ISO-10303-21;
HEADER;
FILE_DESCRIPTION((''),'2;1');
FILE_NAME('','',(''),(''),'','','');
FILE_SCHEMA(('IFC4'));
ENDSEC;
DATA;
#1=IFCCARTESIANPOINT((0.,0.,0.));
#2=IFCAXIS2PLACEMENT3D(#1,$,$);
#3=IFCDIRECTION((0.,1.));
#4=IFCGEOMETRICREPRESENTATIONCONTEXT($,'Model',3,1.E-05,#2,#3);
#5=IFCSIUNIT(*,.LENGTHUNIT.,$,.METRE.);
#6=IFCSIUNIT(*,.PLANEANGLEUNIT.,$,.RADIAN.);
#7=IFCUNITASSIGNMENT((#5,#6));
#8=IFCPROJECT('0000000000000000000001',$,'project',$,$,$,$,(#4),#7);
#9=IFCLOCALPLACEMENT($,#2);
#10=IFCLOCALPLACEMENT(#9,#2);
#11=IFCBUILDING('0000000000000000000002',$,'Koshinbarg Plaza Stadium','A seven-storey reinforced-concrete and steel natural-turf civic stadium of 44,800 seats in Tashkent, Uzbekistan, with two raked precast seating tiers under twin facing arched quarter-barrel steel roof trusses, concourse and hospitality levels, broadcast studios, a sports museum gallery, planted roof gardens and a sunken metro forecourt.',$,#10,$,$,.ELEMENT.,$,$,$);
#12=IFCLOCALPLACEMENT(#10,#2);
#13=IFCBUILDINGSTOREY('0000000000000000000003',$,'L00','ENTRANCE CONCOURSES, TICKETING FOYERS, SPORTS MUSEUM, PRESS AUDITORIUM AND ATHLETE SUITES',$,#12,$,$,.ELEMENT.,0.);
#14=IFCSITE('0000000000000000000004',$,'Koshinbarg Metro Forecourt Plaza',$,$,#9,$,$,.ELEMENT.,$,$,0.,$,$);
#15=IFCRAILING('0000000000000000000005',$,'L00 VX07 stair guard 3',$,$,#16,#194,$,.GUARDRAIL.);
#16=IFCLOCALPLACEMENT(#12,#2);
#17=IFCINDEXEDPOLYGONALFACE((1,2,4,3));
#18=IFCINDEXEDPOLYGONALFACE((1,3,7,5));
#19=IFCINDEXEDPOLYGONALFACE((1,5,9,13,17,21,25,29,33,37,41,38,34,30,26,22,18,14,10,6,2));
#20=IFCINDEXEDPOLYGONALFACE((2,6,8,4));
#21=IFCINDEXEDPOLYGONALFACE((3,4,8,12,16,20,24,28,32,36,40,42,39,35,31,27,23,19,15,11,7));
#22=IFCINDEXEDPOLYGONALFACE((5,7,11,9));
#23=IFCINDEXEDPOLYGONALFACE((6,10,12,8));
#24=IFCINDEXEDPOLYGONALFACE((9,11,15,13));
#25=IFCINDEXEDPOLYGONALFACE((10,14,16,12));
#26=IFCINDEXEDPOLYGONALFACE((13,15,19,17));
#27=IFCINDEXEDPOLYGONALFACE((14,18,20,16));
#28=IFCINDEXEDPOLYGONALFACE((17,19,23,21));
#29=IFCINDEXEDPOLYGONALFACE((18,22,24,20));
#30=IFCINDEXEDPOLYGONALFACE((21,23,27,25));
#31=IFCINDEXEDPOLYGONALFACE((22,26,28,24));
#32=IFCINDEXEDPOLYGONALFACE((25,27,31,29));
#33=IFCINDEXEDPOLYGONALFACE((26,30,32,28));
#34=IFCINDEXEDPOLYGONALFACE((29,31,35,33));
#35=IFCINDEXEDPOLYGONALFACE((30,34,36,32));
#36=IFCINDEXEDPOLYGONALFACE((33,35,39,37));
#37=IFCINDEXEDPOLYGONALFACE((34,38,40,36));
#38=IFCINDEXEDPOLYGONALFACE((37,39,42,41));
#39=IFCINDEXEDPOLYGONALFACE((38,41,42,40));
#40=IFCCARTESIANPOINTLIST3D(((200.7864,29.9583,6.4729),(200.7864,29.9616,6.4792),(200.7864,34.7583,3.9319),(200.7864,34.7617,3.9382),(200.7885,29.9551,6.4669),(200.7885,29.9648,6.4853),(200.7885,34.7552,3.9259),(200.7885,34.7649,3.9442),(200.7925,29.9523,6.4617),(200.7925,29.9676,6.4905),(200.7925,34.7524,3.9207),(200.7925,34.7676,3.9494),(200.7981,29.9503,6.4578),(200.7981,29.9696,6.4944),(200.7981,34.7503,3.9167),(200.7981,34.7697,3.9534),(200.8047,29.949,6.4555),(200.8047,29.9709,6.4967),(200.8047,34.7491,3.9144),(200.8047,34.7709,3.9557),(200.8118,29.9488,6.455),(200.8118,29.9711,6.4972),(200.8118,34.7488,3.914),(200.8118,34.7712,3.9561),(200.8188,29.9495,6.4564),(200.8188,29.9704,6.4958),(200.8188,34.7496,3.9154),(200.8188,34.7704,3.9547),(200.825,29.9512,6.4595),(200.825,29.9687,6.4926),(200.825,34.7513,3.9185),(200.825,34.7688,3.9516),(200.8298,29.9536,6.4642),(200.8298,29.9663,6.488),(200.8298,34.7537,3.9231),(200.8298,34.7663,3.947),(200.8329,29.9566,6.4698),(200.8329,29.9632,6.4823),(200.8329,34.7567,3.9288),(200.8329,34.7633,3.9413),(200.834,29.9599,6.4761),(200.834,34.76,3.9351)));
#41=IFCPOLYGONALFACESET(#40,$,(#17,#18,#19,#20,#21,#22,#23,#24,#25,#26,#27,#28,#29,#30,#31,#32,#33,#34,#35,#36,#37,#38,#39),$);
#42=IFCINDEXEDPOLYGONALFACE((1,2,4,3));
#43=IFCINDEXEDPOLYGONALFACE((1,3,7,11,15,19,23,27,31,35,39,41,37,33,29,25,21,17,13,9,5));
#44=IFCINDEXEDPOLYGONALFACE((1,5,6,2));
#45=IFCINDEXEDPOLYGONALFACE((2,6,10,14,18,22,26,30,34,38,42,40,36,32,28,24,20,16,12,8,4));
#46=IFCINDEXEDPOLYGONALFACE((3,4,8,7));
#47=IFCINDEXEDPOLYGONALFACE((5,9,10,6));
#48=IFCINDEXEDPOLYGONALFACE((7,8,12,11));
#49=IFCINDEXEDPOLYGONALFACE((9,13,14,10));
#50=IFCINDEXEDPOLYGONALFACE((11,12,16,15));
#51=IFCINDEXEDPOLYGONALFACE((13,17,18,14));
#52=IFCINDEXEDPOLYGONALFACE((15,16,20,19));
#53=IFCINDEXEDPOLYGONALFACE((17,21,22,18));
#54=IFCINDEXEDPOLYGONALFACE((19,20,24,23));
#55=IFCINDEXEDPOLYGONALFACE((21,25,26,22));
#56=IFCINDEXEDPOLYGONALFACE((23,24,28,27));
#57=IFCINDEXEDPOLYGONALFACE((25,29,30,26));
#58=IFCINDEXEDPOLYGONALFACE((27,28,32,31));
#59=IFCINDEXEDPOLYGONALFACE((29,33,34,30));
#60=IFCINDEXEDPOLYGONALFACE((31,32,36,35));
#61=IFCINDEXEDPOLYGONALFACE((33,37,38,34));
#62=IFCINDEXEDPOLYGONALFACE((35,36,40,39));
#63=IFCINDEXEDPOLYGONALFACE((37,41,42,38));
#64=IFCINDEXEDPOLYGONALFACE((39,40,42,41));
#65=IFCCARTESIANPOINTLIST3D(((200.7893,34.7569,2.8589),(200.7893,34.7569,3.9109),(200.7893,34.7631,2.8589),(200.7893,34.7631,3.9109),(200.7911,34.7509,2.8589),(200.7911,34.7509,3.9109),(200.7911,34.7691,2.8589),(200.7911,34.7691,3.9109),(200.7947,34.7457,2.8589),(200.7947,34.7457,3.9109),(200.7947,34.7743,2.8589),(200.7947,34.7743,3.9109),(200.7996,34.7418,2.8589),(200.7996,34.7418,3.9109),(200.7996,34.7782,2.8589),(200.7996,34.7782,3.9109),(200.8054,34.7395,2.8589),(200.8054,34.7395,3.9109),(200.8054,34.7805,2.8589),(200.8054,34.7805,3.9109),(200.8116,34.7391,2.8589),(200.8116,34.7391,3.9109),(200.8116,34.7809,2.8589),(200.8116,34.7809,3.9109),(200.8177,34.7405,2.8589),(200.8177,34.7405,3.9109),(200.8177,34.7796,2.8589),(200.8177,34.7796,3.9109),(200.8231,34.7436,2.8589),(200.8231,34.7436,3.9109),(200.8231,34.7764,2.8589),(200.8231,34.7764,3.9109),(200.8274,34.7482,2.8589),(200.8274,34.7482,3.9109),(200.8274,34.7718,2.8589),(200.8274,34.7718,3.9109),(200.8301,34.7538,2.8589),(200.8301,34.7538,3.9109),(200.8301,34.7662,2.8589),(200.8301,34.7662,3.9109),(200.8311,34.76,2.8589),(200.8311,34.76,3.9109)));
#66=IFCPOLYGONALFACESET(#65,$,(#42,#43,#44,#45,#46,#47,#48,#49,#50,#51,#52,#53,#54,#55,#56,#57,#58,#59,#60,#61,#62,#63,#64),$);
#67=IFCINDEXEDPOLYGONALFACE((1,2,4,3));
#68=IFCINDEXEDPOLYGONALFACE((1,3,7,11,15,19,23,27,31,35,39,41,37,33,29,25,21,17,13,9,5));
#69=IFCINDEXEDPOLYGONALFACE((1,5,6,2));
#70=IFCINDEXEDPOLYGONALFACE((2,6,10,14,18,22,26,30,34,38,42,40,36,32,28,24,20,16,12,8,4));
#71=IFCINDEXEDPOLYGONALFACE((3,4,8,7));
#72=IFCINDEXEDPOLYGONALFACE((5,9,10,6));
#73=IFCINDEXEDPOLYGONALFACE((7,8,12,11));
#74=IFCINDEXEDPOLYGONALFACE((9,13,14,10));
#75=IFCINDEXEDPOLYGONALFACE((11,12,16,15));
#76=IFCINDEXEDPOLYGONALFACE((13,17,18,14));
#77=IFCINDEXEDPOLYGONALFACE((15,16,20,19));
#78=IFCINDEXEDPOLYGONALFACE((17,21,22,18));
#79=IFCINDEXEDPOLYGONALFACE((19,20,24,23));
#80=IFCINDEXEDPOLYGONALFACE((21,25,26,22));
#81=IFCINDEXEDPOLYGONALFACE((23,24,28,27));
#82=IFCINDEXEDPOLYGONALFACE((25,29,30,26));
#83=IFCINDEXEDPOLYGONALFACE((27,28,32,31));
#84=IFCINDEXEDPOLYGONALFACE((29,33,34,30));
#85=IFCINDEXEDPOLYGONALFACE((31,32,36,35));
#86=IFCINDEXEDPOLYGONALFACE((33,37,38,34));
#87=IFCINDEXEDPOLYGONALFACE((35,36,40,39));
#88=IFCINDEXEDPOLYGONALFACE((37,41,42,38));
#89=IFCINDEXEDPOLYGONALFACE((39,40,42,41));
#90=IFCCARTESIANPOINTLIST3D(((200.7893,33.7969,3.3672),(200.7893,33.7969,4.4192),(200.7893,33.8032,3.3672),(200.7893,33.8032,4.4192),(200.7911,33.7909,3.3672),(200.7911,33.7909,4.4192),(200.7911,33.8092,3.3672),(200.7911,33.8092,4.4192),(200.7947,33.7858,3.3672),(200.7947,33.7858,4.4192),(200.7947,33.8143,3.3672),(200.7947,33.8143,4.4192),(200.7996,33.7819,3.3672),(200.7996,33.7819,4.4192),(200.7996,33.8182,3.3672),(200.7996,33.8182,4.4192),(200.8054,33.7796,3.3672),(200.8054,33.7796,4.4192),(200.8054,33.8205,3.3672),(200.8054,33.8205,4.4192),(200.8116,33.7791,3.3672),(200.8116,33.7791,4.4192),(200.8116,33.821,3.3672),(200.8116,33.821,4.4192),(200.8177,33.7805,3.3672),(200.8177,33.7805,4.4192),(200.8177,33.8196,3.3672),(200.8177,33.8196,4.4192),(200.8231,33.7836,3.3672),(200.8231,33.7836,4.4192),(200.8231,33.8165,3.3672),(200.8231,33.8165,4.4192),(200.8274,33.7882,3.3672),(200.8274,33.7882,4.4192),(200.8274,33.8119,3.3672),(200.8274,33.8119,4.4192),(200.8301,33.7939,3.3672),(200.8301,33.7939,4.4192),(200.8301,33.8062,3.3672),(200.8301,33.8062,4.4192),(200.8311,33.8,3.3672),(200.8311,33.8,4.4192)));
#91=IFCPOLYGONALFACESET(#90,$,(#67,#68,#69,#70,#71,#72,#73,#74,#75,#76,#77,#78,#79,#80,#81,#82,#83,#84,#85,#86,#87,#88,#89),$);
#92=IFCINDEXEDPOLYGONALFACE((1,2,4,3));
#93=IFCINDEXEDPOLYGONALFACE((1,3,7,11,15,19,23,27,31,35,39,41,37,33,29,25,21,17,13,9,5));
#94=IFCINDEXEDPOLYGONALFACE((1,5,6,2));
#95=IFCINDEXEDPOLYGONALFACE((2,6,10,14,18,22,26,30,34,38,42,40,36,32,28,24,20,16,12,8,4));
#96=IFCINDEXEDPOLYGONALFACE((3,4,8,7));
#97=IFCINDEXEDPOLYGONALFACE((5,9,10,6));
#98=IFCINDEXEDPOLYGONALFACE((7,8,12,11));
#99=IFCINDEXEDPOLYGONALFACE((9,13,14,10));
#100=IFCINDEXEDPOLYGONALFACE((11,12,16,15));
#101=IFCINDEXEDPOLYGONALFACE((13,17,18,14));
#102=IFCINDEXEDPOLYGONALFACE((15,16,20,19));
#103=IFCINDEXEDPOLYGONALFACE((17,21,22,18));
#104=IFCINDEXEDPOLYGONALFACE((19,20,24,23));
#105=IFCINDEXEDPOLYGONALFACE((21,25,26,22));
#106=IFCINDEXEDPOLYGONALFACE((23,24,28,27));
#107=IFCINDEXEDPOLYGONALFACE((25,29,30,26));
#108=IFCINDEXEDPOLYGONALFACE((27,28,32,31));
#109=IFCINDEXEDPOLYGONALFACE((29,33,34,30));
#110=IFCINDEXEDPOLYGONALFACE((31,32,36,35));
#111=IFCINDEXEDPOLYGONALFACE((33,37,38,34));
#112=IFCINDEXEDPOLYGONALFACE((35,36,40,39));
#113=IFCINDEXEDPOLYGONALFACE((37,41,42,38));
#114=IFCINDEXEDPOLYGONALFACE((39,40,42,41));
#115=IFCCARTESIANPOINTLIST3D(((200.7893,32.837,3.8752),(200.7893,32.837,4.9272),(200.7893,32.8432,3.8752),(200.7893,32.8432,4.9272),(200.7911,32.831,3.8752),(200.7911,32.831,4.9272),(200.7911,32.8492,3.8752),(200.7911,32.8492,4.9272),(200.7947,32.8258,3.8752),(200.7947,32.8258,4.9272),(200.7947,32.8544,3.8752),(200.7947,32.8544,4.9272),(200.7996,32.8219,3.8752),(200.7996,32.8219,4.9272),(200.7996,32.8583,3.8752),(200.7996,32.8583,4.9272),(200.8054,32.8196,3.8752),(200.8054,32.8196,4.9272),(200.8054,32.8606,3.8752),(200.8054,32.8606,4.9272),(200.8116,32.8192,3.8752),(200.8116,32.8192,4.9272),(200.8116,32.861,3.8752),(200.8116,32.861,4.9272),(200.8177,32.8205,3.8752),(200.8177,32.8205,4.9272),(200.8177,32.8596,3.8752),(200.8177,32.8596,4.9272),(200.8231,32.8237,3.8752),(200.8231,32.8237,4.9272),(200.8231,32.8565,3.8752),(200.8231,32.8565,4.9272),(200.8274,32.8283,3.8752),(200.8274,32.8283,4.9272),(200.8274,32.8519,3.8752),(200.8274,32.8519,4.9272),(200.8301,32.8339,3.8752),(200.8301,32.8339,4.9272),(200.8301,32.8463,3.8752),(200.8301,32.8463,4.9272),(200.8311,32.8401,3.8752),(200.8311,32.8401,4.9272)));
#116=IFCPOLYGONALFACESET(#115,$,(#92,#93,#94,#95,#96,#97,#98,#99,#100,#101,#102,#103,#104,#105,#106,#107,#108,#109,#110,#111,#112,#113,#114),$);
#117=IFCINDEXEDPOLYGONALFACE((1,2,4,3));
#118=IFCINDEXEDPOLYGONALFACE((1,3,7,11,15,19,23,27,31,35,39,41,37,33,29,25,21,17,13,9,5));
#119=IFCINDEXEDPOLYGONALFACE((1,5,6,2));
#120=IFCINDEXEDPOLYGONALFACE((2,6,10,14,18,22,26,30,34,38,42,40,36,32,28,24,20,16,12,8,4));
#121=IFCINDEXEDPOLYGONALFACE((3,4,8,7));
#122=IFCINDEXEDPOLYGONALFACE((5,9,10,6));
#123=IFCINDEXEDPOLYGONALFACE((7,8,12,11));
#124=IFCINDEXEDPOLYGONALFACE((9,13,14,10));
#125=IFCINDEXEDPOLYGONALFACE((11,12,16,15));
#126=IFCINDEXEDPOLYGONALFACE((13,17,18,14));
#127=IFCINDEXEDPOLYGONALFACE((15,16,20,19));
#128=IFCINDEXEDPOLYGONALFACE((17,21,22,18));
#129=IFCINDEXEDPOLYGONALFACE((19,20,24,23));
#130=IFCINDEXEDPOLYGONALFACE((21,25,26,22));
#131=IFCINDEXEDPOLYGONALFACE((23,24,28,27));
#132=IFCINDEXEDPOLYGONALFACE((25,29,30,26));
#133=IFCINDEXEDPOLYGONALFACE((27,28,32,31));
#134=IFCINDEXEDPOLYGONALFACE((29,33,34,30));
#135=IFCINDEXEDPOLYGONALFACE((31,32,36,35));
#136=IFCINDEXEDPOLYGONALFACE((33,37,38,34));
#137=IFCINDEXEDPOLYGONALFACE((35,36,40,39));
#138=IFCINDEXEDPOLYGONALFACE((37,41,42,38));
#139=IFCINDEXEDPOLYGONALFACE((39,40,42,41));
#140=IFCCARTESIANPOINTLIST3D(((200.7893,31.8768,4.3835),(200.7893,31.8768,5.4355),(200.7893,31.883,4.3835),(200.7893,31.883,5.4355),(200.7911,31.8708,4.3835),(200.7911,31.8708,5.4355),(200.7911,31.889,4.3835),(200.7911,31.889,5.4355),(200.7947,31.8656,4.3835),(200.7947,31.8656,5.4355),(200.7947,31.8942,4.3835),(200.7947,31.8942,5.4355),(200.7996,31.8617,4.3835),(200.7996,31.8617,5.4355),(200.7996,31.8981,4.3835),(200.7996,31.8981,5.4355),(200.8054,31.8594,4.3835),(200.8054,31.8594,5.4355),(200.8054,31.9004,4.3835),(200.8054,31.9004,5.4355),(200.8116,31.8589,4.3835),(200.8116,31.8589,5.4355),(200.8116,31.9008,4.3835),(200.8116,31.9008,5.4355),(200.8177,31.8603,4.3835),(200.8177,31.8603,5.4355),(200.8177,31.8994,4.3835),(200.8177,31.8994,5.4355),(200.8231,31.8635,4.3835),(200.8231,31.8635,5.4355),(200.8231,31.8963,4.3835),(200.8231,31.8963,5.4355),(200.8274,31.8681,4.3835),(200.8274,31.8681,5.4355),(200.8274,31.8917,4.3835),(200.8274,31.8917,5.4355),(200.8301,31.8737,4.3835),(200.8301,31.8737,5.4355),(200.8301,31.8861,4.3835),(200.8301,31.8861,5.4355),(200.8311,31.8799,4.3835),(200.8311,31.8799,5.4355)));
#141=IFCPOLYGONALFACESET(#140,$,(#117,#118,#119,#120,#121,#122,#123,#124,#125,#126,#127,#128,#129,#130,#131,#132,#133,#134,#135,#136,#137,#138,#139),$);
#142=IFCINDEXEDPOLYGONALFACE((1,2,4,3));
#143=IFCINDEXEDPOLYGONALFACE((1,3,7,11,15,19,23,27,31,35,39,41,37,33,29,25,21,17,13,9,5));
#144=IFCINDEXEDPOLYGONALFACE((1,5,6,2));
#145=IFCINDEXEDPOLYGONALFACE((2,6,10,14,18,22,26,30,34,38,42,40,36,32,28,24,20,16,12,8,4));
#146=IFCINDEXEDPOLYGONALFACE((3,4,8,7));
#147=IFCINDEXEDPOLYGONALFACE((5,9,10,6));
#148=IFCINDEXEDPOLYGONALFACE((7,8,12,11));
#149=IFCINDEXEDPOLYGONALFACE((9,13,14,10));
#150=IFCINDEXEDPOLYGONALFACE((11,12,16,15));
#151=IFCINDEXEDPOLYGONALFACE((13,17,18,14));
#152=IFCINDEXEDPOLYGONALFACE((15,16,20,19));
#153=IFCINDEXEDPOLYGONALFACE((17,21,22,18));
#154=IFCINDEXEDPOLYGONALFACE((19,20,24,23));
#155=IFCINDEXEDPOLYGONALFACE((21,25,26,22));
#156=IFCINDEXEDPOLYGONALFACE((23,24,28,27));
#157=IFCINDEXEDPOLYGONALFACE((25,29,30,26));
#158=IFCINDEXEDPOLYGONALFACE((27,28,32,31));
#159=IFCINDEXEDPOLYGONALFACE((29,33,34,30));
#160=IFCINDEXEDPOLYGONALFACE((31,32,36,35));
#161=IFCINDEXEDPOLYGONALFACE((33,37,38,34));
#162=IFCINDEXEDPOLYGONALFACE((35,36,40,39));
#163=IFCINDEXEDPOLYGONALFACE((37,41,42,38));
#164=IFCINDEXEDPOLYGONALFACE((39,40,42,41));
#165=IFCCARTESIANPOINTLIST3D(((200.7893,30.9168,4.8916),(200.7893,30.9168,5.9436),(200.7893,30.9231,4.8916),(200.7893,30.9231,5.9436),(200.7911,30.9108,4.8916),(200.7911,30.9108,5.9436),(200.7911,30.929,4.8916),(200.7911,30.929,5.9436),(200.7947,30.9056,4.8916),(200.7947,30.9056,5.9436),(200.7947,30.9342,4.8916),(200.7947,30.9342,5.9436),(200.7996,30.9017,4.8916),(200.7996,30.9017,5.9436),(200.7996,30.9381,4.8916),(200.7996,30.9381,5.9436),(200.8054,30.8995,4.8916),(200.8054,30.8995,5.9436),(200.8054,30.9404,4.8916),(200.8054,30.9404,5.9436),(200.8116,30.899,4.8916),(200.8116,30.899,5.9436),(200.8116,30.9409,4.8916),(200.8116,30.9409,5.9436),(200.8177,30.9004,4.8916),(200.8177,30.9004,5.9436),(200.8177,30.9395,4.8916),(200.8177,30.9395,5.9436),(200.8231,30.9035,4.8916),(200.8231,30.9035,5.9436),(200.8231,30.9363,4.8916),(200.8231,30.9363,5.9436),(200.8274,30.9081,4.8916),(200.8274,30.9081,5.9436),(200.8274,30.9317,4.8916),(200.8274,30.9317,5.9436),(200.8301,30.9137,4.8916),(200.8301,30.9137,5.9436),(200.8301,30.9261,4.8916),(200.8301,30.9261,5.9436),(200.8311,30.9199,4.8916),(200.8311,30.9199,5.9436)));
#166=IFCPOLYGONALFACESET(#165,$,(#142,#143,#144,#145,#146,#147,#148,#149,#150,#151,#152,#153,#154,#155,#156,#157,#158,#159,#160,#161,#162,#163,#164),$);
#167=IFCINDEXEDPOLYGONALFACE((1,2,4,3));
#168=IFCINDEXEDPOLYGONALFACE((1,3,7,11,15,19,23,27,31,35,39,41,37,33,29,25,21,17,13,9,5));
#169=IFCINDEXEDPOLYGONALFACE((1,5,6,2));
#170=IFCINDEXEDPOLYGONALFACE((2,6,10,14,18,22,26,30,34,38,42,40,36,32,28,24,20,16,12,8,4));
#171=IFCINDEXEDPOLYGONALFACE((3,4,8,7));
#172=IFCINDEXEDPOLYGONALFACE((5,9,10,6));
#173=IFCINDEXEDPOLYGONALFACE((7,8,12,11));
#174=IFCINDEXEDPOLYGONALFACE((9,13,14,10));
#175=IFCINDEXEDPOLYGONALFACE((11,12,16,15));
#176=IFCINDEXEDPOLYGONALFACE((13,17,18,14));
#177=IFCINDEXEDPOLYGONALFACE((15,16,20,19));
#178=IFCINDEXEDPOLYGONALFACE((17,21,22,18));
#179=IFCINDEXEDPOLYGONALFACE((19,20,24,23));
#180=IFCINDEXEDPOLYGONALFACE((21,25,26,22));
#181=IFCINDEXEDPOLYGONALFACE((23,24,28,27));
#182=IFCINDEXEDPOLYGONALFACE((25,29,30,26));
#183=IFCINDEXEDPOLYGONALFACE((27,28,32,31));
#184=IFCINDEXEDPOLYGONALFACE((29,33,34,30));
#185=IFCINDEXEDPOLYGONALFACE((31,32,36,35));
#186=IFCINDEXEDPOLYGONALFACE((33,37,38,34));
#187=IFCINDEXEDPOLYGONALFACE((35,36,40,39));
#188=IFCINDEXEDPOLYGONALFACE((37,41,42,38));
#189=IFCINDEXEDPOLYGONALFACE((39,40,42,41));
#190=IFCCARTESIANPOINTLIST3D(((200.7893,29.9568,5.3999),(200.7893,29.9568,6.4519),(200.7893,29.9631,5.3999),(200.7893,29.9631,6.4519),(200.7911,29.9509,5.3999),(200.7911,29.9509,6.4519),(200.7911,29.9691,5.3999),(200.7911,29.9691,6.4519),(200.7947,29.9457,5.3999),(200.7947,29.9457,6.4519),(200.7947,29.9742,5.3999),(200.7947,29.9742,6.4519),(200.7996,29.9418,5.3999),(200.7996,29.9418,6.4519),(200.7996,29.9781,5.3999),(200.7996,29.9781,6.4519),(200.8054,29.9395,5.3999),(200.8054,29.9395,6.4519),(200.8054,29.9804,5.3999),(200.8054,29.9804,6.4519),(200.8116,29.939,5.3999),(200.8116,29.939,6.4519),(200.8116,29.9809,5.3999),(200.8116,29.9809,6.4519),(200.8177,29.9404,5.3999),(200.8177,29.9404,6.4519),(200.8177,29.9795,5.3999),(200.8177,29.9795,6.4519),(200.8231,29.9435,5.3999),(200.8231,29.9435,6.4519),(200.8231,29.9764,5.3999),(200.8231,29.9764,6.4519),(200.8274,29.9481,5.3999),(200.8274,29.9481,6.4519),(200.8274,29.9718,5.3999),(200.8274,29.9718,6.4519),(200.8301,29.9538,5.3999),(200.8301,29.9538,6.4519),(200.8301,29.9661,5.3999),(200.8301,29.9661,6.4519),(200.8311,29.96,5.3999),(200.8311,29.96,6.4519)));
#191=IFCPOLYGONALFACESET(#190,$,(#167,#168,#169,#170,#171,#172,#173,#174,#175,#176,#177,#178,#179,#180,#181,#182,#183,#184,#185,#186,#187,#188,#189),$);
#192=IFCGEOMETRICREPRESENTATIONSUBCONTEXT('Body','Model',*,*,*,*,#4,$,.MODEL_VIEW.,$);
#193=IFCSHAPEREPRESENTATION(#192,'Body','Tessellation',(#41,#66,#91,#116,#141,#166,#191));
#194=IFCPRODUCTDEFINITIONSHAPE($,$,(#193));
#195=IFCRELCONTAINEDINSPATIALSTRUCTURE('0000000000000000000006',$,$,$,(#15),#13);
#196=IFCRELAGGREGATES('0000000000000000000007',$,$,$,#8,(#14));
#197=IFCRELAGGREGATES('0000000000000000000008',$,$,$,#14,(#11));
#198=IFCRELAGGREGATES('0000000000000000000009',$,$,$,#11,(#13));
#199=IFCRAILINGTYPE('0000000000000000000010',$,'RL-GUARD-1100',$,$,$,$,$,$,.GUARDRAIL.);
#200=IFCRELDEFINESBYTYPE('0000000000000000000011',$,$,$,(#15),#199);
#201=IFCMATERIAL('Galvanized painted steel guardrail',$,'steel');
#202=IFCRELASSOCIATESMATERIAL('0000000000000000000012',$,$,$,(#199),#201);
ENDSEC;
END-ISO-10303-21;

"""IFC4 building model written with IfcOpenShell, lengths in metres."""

from ifc_helpers import new_model, si_unit, direction, frame, origin, origin_2d, place, context, subcontext, project, spatial, circle, extrude, material, type_object, element, save


model = new_model("IFC4")

# Units and contexts
model_context = context("Model", 3, precision=1e-05, world=origin(), true_north=direction((0.0, 1.0)))
body_context = subcontext(model_context, "Body", "Model", "MODEL_VIEW")
ifc_project = project(units=[si_unit("LENGTHUNIT", "METRE"), si_unit("PLANEANGLEUNIT", "RADIAN")], contexts=[model_context])

# Site, building, storey
site_placement = place(None, origin())
site = spatial("IfcSite", under=ifc_project, at=site_placement, Name="Koshinbarg Metro Forecourt Plaza", CompositionType="ELEMENT", RefElevation=0.0)
building_placement = place(site_placement, origin())
building = spatial("IfcBuilding", under=site, at=building_placement, Name="Koshinbarg Plaza Stadium", Description="A seven-storey reinforced-concrete and steel natural-turf civic stadium of 44,800 seats in Tashkent, Uzbekistan, with two raked precast seating tiers under twin facing arched quarter-barrel steel roof trusses, concourse and hospitality levels, broadcast studios, a sports museum gallery, planted roof gardens and a sunken metro forecourt.", CompositionType="ELEMENT")
storey_placement = place(building_placement, origin())
storey = spatial("IfcBuildingStorey", under=building, at=storey_placement, Name="L00", Description="ENTRANCE CONCOURSES, TICKETING FOYERS, SPORTS MUSEUM, PRESS AUDITORIUM AND ATHLETE SUITES", CompositionType="ELEMENT", Elevation=0.0)

# Railing
ifc_material_1 = material(Name="Galvanized painted steel guardrail", Category="steel")
railing_type_1 = type_object("IfcRailingType", Name="RL-GUARD-1100", PredefinedType="GUARDRAIL", material=ifc_material_1)
railing_1_placement = place(storey_placement, frame((200.8101, 34.76, 2.8589)))
element("IfcRailing", 1, at=railing_1_placement, inside=storey, type_object=railing_type_1, Name="L00 VX07 stair guard 3", PredefinedType="GUARDRAIL", context=body_context, shape_type="SweptSolid", body=[
    extrude(circle(Radius=0.0239, at=origin_2d()), frame((0.0, 0.0, 1.0762), z_axis=(0.0, -0.883802, 0.467861), x_axis=(1.0, 0.0, 0.0)), (0.0, 0.0, 1.0), 5.4312),
    extrude(circle(Radius=0.021, at=origin_2d()), origin(), (0.0, 0.0, 1.0), 1.052),
    extrude(circle(Radius=0.021, at=origin_2d()), frame((0.0, -0.96, 0.5083)), (0.0, 0.0, 1.0), 1.052),
    extrude(circle(Radius=0.021, at=origin_2d()), frame((0.0, -1.9199, 1.0164)), (0.0, 0.0, 1.0), 1.052),
    extrude(circle(Radius=0.021, at=origin_2d()), frame((0.0, -2.8801, 1.5247)), (0.0, 0.0, 1.0), 1.052),
    extrude(circle(Radius=0.021, at=origin_2d()), frame((0.0, -3.8401, 2.0327)), (0.0, 0.0, 1.0), 1.052),
    extrude(circle(Radius=0.021, at=origin_2d()), frame((0.0, -4.8, 2.541)), (0.0, 0.0, 1.0), 1.052),
])

save(model, "model.ifc")
